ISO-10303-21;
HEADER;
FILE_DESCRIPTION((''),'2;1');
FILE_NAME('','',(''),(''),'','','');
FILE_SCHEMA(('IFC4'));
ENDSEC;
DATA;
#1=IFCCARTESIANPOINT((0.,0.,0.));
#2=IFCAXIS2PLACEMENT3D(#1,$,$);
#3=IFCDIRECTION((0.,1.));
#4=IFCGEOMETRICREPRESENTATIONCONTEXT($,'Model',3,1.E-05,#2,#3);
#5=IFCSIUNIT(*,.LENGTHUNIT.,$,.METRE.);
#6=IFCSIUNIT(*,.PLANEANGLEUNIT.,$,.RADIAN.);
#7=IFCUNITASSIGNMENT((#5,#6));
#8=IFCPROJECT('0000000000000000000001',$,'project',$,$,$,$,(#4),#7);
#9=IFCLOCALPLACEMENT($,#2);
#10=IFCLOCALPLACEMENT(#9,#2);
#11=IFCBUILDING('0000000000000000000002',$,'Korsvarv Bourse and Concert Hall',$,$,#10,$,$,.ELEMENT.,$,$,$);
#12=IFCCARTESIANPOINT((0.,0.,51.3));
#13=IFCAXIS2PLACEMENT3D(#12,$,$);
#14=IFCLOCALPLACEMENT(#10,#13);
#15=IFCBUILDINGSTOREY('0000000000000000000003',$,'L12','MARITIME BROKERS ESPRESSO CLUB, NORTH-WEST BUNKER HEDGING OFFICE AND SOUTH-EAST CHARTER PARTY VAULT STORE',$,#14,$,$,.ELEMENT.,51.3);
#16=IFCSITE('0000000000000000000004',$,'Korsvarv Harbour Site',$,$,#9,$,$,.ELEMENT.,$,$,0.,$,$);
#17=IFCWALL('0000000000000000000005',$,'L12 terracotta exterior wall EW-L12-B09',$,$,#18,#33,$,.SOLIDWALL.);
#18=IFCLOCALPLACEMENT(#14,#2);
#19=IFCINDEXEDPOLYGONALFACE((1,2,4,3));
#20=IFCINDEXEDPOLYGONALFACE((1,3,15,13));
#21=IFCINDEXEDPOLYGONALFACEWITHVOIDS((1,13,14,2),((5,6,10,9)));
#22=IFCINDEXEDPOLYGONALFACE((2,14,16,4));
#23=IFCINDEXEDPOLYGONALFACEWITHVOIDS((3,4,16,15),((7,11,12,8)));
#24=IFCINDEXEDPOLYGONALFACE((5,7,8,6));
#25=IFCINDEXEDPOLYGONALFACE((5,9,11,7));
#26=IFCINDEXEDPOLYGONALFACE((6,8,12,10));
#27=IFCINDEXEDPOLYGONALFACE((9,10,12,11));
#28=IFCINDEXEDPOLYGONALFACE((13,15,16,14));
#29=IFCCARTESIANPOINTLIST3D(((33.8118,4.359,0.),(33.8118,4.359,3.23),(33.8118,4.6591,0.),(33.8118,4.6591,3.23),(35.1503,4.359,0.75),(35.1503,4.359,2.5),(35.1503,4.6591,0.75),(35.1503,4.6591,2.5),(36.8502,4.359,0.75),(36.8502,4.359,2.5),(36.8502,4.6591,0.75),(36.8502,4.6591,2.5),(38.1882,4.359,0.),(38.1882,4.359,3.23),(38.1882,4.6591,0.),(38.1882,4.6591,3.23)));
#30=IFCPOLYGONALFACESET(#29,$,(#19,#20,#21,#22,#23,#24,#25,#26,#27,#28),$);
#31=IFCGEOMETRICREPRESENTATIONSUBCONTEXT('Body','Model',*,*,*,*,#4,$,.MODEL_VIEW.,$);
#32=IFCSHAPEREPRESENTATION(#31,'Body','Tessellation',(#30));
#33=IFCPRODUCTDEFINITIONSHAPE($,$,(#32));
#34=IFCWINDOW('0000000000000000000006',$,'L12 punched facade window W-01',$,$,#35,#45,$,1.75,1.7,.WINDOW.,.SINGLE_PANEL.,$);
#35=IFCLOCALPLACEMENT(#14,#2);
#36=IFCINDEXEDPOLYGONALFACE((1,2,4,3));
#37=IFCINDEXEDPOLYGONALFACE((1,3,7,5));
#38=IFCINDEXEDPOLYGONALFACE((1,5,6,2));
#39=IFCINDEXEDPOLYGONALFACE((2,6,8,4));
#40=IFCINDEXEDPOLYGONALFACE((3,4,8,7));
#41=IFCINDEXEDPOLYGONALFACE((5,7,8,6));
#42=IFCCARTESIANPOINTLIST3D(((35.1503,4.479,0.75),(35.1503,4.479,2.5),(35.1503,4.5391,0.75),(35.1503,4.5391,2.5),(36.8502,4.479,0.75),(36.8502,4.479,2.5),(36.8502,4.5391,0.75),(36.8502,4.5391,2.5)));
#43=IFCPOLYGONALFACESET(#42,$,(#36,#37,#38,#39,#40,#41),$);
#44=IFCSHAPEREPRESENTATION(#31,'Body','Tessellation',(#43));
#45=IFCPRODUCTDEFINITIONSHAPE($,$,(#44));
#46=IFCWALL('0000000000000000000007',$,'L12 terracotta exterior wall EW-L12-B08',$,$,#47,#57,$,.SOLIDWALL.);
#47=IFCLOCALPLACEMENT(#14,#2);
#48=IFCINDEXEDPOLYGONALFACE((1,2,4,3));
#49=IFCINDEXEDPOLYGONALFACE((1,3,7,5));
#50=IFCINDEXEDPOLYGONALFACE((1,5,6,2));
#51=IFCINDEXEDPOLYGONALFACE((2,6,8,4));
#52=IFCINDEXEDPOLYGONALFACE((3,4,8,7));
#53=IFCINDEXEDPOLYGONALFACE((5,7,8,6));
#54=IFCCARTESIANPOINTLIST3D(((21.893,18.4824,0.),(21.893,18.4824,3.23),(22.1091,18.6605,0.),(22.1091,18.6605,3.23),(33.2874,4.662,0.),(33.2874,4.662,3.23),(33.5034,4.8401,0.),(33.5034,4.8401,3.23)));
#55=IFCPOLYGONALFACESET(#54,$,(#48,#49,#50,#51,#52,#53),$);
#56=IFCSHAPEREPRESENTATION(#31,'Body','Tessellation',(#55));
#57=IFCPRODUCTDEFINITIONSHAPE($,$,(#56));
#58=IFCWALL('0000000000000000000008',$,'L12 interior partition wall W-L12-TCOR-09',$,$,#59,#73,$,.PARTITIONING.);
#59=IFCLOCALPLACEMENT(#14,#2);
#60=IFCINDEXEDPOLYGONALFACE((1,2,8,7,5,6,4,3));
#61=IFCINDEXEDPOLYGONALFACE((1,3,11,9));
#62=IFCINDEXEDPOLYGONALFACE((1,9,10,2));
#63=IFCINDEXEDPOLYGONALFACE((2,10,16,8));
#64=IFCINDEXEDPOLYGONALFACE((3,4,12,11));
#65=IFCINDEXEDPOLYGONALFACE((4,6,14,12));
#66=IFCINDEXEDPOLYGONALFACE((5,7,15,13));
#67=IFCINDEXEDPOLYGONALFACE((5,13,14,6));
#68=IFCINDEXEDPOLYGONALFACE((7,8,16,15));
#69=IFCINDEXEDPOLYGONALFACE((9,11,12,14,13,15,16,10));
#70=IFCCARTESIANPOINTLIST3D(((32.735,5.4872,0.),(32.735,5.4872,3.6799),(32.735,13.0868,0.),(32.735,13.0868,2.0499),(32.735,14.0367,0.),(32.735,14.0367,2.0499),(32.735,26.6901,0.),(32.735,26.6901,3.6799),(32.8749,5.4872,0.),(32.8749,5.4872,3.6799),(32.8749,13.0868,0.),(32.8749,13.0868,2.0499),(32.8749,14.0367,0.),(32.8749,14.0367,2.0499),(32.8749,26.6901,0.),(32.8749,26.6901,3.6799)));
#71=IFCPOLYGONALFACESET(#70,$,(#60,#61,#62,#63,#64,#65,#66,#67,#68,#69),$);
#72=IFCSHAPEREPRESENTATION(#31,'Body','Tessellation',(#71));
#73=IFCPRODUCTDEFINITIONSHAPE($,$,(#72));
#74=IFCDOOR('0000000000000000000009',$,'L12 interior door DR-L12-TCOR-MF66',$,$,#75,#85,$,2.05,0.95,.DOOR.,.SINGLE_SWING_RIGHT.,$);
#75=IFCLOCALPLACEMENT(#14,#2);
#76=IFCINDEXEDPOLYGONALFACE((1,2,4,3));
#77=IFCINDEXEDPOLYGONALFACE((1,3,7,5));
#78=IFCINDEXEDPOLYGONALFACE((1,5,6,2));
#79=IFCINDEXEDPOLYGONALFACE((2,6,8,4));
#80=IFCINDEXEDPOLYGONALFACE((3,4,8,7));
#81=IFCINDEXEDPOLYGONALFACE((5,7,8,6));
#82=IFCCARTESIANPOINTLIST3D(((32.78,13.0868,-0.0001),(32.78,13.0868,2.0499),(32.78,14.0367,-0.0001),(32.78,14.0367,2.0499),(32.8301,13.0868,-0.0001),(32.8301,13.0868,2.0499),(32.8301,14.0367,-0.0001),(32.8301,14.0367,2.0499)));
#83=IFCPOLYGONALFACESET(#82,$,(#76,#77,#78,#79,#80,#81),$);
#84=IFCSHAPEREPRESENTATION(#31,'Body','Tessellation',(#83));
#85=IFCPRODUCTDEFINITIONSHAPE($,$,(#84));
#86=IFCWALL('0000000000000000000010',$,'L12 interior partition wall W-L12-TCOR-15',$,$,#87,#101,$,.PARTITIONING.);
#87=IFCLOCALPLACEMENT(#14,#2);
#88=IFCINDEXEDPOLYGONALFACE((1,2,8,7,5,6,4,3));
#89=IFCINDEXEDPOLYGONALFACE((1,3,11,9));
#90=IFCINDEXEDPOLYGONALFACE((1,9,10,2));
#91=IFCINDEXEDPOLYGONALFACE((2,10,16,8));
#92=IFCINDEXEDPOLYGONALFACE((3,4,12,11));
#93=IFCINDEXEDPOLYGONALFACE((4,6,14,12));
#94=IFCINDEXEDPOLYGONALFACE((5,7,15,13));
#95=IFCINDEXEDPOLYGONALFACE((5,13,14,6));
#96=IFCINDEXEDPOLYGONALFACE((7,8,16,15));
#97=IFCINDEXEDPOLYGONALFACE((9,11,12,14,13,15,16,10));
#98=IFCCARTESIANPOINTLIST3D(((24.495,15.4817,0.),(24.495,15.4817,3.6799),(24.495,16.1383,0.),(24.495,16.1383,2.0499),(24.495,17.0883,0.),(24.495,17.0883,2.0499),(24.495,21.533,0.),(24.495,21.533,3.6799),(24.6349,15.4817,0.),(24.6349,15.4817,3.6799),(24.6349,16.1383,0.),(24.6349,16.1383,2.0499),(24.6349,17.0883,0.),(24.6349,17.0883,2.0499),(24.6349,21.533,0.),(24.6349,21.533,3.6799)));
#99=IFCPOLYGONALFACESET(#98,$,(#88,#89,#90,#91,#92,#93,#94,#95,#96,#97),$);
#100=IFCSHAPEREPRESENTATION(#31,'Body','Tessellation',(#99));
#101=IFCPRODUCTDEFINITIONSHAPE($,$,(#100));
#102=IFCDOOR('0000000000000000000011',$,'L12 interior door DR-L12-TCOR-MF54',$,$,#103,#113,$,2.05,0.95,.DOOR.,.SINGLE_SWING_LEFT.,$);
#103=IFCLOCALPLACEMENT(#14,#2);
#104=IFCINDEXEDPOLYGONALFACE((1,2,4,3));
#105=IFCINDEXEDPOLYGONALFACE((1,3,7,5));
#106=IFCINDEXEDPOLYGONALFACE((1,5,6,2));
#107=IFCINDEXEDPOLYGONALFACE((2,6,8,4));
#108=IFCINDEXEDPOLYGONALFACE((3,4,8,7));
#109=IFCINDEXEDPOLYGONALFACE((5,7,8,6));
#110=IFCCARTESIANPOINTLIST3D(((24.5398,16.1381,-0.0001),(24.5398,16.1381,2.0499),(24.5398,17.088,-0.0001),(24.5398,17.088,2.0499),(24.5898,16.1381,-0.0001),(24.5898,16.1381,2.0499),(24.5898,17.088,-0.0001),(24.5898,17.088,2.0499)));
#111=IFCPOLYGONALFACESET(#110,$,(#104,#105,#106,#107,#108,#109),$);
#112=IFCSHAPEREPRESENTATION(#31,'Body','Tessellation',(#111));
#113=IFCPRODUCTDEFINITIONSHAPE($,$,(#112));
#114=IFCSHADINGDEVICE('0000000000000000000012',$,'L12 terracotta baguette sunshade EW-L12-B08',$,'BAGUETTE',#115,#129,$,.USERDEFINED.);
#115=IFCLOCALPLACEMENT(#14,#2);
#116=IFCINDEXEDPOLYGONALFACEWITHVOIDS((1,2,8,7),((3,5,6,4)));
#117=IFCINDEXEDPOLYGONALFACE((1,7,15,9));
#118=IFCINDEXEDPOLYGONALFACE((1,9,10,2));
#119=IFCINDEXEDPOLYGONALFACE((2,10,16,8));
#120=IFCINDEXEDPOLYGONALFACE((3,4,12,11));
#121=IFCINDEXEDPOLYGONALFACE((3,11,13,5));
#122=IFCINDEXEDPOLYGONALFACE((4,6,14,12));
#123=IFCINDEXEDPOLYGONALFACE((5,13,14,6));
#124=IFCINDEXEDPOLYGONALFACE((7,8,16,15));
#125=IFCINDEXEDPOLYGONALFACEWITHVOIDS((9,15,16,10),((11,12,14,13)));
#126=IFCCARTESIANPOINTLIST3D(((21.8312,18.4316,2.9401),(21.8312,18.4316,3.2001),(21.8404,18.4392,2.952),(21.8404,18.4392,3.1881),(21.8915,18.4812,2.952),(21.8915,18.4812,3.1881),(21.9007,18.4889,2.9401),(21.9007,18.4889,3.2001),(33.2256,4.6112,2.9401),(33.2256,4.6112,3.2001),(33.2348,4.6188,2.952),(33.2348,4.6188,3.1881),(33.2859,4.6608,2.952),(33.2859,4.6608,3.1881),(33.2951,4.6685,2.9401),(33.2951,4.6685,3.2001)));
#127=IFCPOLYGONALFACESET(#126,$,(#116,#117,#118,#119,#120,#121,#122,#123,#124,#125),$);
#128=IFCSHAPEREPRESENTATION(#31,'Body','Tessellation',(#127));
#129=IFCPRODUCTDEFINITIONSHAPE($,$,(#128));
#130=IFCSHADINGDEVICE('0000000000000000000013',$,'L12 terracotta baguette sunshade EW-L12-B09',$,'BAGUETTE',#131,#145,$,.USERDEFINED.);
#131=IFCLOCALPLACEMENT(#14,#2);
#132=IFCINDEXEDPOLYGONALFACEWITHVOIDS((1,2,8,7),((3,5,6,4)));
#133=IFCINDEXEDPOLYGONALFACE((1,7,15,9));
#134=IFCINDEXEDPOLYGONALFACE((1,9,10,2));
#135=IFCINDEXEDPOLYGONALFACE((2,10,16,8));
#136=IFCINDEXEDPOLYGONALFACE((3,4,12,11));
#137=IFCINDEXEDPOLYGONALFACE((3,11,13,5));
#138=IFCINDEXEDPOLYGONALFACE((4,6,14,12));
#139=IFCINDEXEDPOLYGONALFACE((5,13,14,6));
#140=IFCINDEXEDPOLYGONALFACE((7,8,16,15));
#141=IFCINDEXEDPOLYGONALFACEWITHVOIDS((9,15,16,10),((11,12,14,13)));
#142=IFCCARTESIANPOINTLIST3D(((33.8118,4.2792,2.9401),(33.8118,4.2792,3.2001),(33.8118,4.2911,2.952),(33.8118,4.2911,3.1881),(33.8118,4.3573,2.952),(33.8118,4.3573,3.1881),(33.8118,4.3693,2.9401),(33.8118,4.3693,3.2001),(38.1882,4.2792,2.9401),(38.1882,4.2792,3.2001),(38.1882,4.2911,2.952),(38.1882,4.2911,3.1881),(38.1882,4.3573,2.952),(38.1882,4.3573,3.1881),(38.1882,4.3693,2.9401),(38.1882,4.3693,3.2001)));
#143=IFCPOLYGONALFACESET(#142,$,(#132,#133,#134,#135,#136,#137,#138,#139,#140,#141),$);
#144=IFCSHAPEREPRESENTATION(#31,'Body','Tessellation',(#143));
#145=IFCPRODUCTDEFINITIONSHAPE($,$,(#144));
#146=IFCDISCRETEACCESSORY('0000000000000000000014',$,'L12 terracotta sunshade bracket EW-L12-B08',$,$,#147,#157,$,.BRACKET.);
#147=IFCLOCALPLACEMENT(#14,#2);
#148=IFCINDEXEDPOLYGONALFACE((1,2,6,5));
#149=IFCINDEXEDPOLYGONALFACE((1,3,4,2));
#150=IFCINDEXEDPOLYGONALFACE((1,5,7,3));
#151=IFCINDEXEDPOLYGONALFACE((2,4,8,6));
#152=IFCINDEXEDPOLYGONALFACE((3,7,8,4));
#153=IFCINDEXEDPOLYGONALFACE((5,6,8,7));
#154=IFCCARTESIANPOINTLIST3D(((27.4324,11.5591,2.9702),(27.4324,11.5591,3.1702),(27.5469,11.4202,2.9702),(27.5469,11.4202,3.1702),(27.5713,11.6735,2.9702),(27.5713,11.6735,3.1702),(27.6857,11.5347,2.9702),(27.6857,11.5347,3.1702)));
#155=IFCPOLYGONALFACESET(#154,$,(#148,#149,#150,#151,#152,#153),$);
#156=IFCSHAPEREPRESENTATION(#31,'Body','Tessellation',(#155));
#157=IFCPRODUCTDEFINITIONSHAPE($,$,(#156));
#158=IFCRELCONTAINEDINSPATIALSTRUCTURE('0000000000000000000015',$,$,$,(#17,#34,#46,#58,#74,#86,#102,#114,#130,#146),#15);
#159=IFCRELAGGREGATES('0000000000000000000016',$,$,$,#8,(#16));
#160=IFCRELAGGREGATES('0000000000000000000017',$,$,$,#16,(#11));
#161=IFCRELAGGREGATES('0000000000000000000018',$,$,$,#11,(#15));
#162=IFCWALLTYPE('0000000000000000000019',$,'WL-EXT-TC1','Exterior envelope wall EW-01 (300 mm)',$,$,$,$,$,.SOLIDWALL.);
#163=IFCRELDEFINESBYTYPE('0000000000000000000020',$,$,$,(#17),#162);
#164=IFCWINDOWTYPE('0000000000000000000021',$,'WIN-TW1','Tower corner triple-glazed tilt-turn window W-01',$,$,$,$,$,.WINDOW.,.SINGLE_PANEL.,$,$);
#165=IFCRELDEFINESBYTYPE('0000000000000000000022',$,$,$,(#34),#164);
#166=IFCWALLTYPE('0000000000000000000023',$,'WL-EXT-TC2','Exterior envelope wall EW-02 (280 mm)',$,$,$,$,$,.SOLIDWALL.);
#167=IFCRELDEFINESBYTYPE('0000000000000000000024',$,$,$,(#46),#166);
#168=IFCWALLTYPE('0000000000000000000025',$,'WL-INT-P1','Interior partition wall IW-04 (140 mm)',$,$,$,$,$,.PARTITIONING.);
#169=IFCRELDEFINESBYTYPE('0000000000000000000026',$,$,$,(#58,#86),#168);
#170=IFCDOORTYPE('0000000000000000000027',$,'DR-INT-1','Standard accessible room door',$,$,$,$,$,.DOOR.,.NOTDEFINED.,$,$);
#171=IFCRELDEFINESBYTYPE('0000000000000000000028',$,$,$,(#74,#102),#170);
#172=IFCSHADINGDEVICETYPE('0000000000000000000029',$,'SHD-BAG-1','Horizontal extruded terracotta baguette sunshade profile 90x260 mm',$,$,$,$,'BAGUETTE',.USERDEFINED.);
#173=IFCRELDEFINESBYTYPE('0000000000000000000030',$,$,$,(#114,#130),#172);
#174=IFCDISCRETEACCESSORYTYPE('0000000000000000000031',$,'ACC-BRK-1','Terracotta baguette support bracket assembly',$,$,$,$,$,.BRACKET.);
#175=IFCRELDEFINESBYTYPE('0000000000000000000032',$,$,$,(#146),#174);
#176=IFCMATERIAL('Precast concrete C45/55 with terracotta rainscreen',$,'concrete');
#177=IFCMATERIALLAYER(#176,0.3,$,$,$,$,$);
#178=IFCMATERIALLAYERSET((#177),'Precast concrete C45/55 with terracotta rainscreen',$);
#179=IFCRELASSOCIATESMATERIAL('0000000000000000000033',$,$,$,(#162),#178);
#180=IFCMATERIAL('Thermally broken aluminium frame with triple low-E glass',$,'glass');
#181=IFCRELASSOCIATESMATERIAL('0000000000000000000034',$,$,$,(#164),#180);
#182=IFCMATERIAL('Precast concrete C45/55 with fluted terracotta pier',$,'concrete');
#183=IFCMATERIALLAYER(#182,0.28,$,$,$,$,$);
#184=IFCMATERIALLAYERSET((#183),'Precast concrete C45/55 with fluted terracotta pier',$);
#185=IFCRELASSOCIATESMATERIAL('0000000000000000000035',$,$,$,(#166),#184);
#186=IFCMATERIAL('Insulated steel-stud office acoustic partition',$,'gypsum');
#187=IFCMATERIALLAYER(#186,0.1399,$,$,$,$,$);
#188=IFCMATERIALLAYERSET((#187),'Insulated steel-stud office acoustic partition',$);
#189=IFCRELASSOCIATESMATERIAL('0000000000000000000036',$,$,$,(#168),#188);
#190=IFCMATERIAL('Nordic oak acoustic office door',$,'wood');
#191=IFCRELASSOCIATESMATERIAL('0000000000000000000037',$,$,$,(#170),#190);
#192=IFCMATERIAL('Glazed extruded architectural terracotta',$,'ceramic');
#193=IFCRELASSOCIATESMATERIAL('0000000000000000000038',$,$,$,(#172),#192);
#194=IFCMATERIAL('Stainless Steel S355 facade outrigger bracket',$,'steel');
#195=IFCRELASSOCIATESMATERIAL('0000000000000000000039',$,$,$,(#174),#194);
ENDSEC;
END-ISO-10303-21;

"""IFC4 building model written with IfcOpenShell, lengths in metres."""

from ifc_helpers import new_model, si_unit, direction, frame, frame_2d, origin, origin_2d, place, context, subcontext, project, spatial, rectangle, hollow_rectangle, extrude, source, transform, mapped, material, layer, layer_set, material_profile, profile_set, type_object, element, fill, save


model = new_model("IFC4")

# Units and contexts
model_context = context("Model", 3, precision=1e-05, world=origin(), true_north=direction((0.0, 1.0)))
body_context = subcontext(model_context, "Body", "Model", "MODEL_VIEW")
ifc_project = project(units=[si_unit("LENGTHUNIT", "METRE"), si_unit("PLANEANGLEUNIT", "RADIAN")], contexts=[model_context])

# Site, building, storey
site_placement = place(None, origin())
site = spatial("IfcSite", under=ifc_project, at=site_placement, Name="Korsvarv Harbour Site", CompositionType="ELEMENT", RefElevation=0.0)
building_placement = place(site_placement, origin())
building = spatial("IfcBuilding", under=site, at=building_placement, Name="Korsvarv Bourse and Concert Hall", CompositionType="ELEMENT")
storey_placement = place(building_placement, frame((0.0, 0.0, 51.3)))
storey = spatial("IfcBuildingStorey", under=building, at=storey_placement, Name="L12", Description="MARITIME BROKERS ESPRESSO CLUB, NORTH-WEST BUNKER HEDGING OFFICE AND SOUTH-EAST CHARTER PARTY VAULT STORE", CompositionType="ELEMENT", Elevation=51.3)

# Wall, opening, window
ifc_material_1 = material(Name="Precast concrete C45/55 with terracotta rainscreen", Category="concrete")
ifc_layer_1 = layer(ifc_material_1, 0.3)
ifc_layer_set_1 = layer_set([ifc_layer_1], Name="Precast concrete C45/55 with terracotta rainscreen")
wall_type_1 = type_object("IfcWallType", Name="WL-EXT-TC1", Description="Exterior envelope wall EW-01 (300 mm)", PredefinedType="SOLIDWALL", material=ifc_layer_set_1)
wall_1_placement = place(storey_placement, frame((33.8118, 4.509, 0.0), z_axis=(0.0, 0.0, 1.0), x_axis=(1.0, 0.0, 0.0)))
wall_1 = element("IfcWall", 1, at=wall_1_placement, inside=storey, type_object=wall_type_1, Name="L12 terracotta exterior wall EW-L12-B09", PredefinedType="SOLIDWALL", context=body_context, shape_type="SweptSolid", body=[
    extrude(rectangle(XDim=4.3765, YDim=0.3, at=frame_2d((2.1882, 0.0))), origin(), (0.0, 0.0, 1.0), 3.23),
])
opening_1_placement = place(wall_1_placement, frame((1.3384, 0.0, 0.75)))
opening_1 = element("IfcOpeningElement", 2, at=opening_1_placement, cuts=wall_1, PredefinedType="OPENING", context=body_context, shape_type="SweptSolid", body=[
    extrude(rectangle(XDim=1.7, YDim=1.75, at=frame_2d((0.8501, 0.875))), frame((0.0, 0.1602, 0.0), z_axis=(0.0, -1.0, 0.0), x_axis=(1.0, 0.0, 0.0)), (0.0, 0.0, 1.0), 0.3201),
])
ifc_material_2 = material(Name="Thermally broken aluminium frame with triple low-E glass", Category="glass")
window_type = type_object("IfcWindowType", Name="WIN-TW1", Description="Tower corner triple-glazed tilt-turn window W-01", PartitioningType="SINGLE_PANEL", PredefinedType="WINDOW", material=ifc_material_2)
window_placement = place(opening_1_placement, origin())
window = element("IfcWindow", 3, at=window_placement, inside=storey, type_object=window_type, Name="L12 punched facade window W-01", OverallHeight=1.75, OverallWidth=1.7, PartitioningType="SINGLE_PANEL", PredefinedType="WINDOW", context=body_context, shape_type="SweptSolid", body=[
    extrude(rectangle(XDim=1.7, YDim=1.75, at=frame_2d((0.8501, 0.875))), frame((0.0, 0.03, 0.0), z_axis=(0.0, -1.0, 0.0), x_axis=(1.0, 0.0, 0.0)), (0.0, 0.0, 1.0), 0.0601),
])
fill(opening_1, window)

# Wall
ifc_material_3 = material(Name="Precast concrete C45/55 with fluted terracotta pier", Category="concrete")
ifc_layer_2 = layer(ifc_material_3, 0.28)
ifc_layer_set_2 = layer_set([ifc_layer_2], Name="Precast concrete C45/55 with fluted terracotta pier")
wall_type_2 = type_object("IfcWallType", Name="WL-EXT-TC2", Description="Exterior envelope wall EW-02 (280 mm)", PredefinedType="SOLIDWALL", material=ifc_layer_set_2)
wall_2_placement = place(storey_placement, frame((22.001, 18.5715, 0.0), z_axis=(0.0, 0.0, 1.0), x_axis=(0.636135, -0.771578, 0.0)))
element("IfcWall", 4, at=wall_2_placement, inside=storey, type_object=wall_type_2, Name="L12 terracotta exterior wall EW-L12-B08", PredefinedType="SOLIDWALL", context=body_context, shape_type="SweptSolid", body=[
    extrude(rectangle(XDim=17.9119, YDim=0.28, at=frame_2d((8.9561, 0.0))), origin(), (0.0, 0.0, 1.0), 3.23),
])

# Walls, openings, doors
ifc_material_4 = material(Name="Insulated steel-stud office acoustic partition", Category="gypsum")
ifc_layer_3 = layer(ifc_material_4, 0.1399)
ifc_layer_set_3 = layer_set([ifc_layer_3], Name="Insulated steel-stud office acoustic partition")
wall_type_3 = type_object("IfcWallType", Name="WL-INT-P1", Description="Interior partition wall IW-04 (140 mm)", PredefinedType="PARTITIONING", material=ifc_layer_set_3)
wall_3_placement = place(storey_placement, frame((32.8049, 5.4871, 0.0), z_axis=(0.0, 0.0, 1.0), x_axis=(0.0, 1.0, 0.0)))
wall_3 = element("IfcWall", 5, at=wall_3_placement, inside=storey, type_object=wall_type_3, Name="L12 interior partition wall W-L12-TCOR-09", PredefinedType="PARTITIONING", context=body_context, shape_type="SweptSolid", body=[
    extrude(rectangle(XDim=21.2029, YDim=0.1399, at=frame_2d((10.6016, 0.0))), origin(), (0.0, 0.0, 1.0), 3.6799),
])
opening_2_placement = place(wall_3_placement, frame((7.5996, 0.0, 0.0)))
opening_2 = element("IfcOpeningElement", 6, at=opening_2_placement, cuts=wall_3, PredefinedType="OPENING", context=body_context, shape_type="SweptSolid", body=[
    extrude(rectangle(XDim=0.95, YDim=2.05, at=frame_2d((0.4751, 1.0249))), frame((0.0, 0.0801, 0.0), z_axis=(0.0, -1.0, 0.0), x_axis=(1.0, 0.0, 0.0)), (0.0, 0.0, 1.0), 0.1599),
])
ifc_material_5 = material(Name="Nordic oak acoustic office door", Category="wood")
door_type = type_object("IfcDoorType", Name="DR-INT-1", Description="Standard accessible room door", OperationType="NOTDEFINED", PredefinedType="DOOR", material=ifc_material_5)
door_1_placement = place(opening_2_placement, origin())
door_1 = element("IfcDoor", 7, at=door_1_placement, inside=storey, type_object=door_type, Name="L12 interior door DR-L12-TCOR-MF66", OperationType="SINGLE_SWING_RIGHT", OverallHeight=2.05, OverallWidth=0.95, PredefinedType="DOOR", context=body_context, shape_type="SweptSolid", body=[
    extrude(rectangle(XDim=0.95, YDim=2.05, at=frame_2d((0.4751, 1.0249))), frame((0.0, 0.0249, 0.0), z_axis=(0.0, -1.0, 0.0), x_axis=(1.0, 0.0, 0.0)), (0.0, 0.0, 1.0), 0.05),
])
fill(opening_2, door_1)
wall_4_placement = place(storey_placement, frame((24.5649, 15.4817, 0.0), z_axis=(0.0, 0.0, 1.0), x_axis=(0.0, 1.0, 0.0)))
wall_4 = element("IfcWall", 8, at=wall_4_placement, inside=storey, type_object=wall_type_3, Name="L12 interior partition wall W-L12-TCOR-15", PredefinedType="PARTITIONING", context=body_context, shape_type="SweptSolid", body=[
    extrude(rectangle(XDim=6.0513, YDim=0.1399, at=frame_2d((3.0256, 0.0))), origin(), (0.0, 0.0, 1.0), 3.6799),
])
opening_3_placement = place(wall_4_placement, frame((0.6565, 0.0, 0.0)))
opening_3 = element("IfcOpeningElement", 9, at=opening_3_placement, cuts=wall_4, PredefinedType="OPENING", context=body_context, shape_type="SweptSolid", body=[
    extrude(rectangle(XDim=0.95, YDim=2.05, at=frame_2d((0.4751, 1.0249))), frame((0.0, 0.0801, 0.0), z_axis=(0.0, -1.0, 0.0), x_axis=(1.0, 0.0, 0.0)), (0.0, 0.0, 1.0), 0.1599),
])
door_2_placement = place(opening_3_placement, frame((0.95, 0.0, 0.0), z_axis=(0.0, 0.0, 1.0), x_axis=(-1.0, 0.0, 0.0)))
door_2 = element("IfcDoor", 10, at=door_2_placement, inside=storey, type_object=door_type, Name="L12 interior door DR-L12-TCOR-MF54", OperationType="SINGLE_SWING_LEFT", OverallHeight=2.05, OverallWidth=0.95, PredefinedType="DOOR", context=body_context, shape_type="SweptSolid", body=[
    extrude(rectangle(XDim=0.95, YDim=2.05, at=frame_2d((0.4751, 1.0249))), frame((0.0, 0.0249, 0.0), z_axis=(0.0, -1.0, 0.0), x_axis=(1.0, 0.0, 0.0)), (0.0, 0.0, 1.0), 0.05),
])
fill(opening_3, door_2)

# Shading devices
ifc_material_6 = material(Name="Glazed extruded architectural terracotta", Category="ceramic")
ifc_material_profile_1 = material_profile(ifc_material_6, hollow_rectangle(XDim=0.0901, YDim=0.26, WallThickness=0.012, at=origin_2d()), Name="TC-BAG 90x260")
ifc_profile_set_1 = profile_set([ifc_material_profile_1], Name="Glazed extruded architectural terracotta")
shading_device_type = type_object("IfcShadingDeviceType", Name="SHD-BAG-1", Description="Horizontal extruded terracotta baguette sunshade profile 90x260 mm", ElementType="BAGUETTE", PredefinedType="USERDEFINED", material=ifc_profile_set_1)
shared_shape_1 = source(origin(), body_context, "Body", "SweptSolid", [
    extrude(hollow_rectangle(XDim=0.0901, YDim=0.26, WallThickness=0.012, at=origin_2d()), origin(), (0.0, 0.0, 1.0), 17.9119),
])
shading_device_1_placement = place(storey_placement, frame((21.866, 18.4602, 3.0701), z_axis=(0.636135, -0.771578, 0.0), x_axis=(0.771578, 0.636135, 0.0)))
element("IfcShadingDevice", 11, at=shading_device_1_placement, inside=storey, type_object=shading_device_type, Name="L12 terracotta baguette sunshade EW-L12-B08", ObjectType="BAGUETTE", PredefinedType="USERDEFINED", context=body_context, shape_type="MappedRepresentation", body=[
    mapped(shared_shape_1, transform((0.0, 0.0, 0.0), scale=1.0)),
])
shared_shape_2 = source(origin(), body_context, "Body", "SweptSolid", [
    extrude(hollow_rectangle(XDim=0.0901, YDim=0.26, WallThickness=0.012, at=origin_2d()), origin(), (0.0, 0.0, 1.0), 4.3765),
])
shading_device_2_placement = place(storey_placement, frame((33.8118, 4.3242, 3.0701), z_axis=(1.0, 0.0, 0.0), x_axis=(0.0, 1.0, 0.0)))
element("IfcShadingDevice", 12, at=shading_device_2_placement, inside=storey, type_object=shading_device_type, Name="L12 terracotta baguette sunshade EW-L12-B09", ObjectType="BAGUETTE", PredefinedType="USERDEFINED", context=body_context, shape_type="MappedRepresentation", body=[
    mapped(shared_shape_2, transform((0.0, 0.0, 0.0), scale=1.0)),
])

# Discrete accessory
ifc_material_7 = material(Name="Stainless Steel S355 facade outrigger bracket", Category="steel")
discrete_accessory_type = type_object("IfcDiscreteAccessoryType", Name="ACC-BRK-1", Description="Terracotta baguette support bracket assembly", PredefinedType="BRACKET", material=ifc_material_7)
shared_shape_3 = source(origin(), body_context, "Body", "SweptSolid", [
    extrude(rectangle(XDim=0.1799, YDim=0.1799, at=origin_2d()), origin(), (0.0, 0.0, 1.0), 0.2),
])
discrete_accessory_placement = place(storey_placement, frame((27.5591, 11.5469, 2.9702), z_axis=(0.0, 0.0, 1.0), x_axis=(0.636078, -0.771625, 0.0)))
element("IfcDiscreteAccessory", 13, at=discrete_accessory_placement, inside=storey, type_object=discrete_accessory_type, Name="L12 terracotta sunshade bracket EW-L12-B08", PredefinedType="BRACKET", context=body_context, shape_type="MappedRepresentation", body=[
    mapped(shared_shape_3, transform((0.0, 0.0, 0.0), scale=1.0)),
])

save(model, "model.ifc")
